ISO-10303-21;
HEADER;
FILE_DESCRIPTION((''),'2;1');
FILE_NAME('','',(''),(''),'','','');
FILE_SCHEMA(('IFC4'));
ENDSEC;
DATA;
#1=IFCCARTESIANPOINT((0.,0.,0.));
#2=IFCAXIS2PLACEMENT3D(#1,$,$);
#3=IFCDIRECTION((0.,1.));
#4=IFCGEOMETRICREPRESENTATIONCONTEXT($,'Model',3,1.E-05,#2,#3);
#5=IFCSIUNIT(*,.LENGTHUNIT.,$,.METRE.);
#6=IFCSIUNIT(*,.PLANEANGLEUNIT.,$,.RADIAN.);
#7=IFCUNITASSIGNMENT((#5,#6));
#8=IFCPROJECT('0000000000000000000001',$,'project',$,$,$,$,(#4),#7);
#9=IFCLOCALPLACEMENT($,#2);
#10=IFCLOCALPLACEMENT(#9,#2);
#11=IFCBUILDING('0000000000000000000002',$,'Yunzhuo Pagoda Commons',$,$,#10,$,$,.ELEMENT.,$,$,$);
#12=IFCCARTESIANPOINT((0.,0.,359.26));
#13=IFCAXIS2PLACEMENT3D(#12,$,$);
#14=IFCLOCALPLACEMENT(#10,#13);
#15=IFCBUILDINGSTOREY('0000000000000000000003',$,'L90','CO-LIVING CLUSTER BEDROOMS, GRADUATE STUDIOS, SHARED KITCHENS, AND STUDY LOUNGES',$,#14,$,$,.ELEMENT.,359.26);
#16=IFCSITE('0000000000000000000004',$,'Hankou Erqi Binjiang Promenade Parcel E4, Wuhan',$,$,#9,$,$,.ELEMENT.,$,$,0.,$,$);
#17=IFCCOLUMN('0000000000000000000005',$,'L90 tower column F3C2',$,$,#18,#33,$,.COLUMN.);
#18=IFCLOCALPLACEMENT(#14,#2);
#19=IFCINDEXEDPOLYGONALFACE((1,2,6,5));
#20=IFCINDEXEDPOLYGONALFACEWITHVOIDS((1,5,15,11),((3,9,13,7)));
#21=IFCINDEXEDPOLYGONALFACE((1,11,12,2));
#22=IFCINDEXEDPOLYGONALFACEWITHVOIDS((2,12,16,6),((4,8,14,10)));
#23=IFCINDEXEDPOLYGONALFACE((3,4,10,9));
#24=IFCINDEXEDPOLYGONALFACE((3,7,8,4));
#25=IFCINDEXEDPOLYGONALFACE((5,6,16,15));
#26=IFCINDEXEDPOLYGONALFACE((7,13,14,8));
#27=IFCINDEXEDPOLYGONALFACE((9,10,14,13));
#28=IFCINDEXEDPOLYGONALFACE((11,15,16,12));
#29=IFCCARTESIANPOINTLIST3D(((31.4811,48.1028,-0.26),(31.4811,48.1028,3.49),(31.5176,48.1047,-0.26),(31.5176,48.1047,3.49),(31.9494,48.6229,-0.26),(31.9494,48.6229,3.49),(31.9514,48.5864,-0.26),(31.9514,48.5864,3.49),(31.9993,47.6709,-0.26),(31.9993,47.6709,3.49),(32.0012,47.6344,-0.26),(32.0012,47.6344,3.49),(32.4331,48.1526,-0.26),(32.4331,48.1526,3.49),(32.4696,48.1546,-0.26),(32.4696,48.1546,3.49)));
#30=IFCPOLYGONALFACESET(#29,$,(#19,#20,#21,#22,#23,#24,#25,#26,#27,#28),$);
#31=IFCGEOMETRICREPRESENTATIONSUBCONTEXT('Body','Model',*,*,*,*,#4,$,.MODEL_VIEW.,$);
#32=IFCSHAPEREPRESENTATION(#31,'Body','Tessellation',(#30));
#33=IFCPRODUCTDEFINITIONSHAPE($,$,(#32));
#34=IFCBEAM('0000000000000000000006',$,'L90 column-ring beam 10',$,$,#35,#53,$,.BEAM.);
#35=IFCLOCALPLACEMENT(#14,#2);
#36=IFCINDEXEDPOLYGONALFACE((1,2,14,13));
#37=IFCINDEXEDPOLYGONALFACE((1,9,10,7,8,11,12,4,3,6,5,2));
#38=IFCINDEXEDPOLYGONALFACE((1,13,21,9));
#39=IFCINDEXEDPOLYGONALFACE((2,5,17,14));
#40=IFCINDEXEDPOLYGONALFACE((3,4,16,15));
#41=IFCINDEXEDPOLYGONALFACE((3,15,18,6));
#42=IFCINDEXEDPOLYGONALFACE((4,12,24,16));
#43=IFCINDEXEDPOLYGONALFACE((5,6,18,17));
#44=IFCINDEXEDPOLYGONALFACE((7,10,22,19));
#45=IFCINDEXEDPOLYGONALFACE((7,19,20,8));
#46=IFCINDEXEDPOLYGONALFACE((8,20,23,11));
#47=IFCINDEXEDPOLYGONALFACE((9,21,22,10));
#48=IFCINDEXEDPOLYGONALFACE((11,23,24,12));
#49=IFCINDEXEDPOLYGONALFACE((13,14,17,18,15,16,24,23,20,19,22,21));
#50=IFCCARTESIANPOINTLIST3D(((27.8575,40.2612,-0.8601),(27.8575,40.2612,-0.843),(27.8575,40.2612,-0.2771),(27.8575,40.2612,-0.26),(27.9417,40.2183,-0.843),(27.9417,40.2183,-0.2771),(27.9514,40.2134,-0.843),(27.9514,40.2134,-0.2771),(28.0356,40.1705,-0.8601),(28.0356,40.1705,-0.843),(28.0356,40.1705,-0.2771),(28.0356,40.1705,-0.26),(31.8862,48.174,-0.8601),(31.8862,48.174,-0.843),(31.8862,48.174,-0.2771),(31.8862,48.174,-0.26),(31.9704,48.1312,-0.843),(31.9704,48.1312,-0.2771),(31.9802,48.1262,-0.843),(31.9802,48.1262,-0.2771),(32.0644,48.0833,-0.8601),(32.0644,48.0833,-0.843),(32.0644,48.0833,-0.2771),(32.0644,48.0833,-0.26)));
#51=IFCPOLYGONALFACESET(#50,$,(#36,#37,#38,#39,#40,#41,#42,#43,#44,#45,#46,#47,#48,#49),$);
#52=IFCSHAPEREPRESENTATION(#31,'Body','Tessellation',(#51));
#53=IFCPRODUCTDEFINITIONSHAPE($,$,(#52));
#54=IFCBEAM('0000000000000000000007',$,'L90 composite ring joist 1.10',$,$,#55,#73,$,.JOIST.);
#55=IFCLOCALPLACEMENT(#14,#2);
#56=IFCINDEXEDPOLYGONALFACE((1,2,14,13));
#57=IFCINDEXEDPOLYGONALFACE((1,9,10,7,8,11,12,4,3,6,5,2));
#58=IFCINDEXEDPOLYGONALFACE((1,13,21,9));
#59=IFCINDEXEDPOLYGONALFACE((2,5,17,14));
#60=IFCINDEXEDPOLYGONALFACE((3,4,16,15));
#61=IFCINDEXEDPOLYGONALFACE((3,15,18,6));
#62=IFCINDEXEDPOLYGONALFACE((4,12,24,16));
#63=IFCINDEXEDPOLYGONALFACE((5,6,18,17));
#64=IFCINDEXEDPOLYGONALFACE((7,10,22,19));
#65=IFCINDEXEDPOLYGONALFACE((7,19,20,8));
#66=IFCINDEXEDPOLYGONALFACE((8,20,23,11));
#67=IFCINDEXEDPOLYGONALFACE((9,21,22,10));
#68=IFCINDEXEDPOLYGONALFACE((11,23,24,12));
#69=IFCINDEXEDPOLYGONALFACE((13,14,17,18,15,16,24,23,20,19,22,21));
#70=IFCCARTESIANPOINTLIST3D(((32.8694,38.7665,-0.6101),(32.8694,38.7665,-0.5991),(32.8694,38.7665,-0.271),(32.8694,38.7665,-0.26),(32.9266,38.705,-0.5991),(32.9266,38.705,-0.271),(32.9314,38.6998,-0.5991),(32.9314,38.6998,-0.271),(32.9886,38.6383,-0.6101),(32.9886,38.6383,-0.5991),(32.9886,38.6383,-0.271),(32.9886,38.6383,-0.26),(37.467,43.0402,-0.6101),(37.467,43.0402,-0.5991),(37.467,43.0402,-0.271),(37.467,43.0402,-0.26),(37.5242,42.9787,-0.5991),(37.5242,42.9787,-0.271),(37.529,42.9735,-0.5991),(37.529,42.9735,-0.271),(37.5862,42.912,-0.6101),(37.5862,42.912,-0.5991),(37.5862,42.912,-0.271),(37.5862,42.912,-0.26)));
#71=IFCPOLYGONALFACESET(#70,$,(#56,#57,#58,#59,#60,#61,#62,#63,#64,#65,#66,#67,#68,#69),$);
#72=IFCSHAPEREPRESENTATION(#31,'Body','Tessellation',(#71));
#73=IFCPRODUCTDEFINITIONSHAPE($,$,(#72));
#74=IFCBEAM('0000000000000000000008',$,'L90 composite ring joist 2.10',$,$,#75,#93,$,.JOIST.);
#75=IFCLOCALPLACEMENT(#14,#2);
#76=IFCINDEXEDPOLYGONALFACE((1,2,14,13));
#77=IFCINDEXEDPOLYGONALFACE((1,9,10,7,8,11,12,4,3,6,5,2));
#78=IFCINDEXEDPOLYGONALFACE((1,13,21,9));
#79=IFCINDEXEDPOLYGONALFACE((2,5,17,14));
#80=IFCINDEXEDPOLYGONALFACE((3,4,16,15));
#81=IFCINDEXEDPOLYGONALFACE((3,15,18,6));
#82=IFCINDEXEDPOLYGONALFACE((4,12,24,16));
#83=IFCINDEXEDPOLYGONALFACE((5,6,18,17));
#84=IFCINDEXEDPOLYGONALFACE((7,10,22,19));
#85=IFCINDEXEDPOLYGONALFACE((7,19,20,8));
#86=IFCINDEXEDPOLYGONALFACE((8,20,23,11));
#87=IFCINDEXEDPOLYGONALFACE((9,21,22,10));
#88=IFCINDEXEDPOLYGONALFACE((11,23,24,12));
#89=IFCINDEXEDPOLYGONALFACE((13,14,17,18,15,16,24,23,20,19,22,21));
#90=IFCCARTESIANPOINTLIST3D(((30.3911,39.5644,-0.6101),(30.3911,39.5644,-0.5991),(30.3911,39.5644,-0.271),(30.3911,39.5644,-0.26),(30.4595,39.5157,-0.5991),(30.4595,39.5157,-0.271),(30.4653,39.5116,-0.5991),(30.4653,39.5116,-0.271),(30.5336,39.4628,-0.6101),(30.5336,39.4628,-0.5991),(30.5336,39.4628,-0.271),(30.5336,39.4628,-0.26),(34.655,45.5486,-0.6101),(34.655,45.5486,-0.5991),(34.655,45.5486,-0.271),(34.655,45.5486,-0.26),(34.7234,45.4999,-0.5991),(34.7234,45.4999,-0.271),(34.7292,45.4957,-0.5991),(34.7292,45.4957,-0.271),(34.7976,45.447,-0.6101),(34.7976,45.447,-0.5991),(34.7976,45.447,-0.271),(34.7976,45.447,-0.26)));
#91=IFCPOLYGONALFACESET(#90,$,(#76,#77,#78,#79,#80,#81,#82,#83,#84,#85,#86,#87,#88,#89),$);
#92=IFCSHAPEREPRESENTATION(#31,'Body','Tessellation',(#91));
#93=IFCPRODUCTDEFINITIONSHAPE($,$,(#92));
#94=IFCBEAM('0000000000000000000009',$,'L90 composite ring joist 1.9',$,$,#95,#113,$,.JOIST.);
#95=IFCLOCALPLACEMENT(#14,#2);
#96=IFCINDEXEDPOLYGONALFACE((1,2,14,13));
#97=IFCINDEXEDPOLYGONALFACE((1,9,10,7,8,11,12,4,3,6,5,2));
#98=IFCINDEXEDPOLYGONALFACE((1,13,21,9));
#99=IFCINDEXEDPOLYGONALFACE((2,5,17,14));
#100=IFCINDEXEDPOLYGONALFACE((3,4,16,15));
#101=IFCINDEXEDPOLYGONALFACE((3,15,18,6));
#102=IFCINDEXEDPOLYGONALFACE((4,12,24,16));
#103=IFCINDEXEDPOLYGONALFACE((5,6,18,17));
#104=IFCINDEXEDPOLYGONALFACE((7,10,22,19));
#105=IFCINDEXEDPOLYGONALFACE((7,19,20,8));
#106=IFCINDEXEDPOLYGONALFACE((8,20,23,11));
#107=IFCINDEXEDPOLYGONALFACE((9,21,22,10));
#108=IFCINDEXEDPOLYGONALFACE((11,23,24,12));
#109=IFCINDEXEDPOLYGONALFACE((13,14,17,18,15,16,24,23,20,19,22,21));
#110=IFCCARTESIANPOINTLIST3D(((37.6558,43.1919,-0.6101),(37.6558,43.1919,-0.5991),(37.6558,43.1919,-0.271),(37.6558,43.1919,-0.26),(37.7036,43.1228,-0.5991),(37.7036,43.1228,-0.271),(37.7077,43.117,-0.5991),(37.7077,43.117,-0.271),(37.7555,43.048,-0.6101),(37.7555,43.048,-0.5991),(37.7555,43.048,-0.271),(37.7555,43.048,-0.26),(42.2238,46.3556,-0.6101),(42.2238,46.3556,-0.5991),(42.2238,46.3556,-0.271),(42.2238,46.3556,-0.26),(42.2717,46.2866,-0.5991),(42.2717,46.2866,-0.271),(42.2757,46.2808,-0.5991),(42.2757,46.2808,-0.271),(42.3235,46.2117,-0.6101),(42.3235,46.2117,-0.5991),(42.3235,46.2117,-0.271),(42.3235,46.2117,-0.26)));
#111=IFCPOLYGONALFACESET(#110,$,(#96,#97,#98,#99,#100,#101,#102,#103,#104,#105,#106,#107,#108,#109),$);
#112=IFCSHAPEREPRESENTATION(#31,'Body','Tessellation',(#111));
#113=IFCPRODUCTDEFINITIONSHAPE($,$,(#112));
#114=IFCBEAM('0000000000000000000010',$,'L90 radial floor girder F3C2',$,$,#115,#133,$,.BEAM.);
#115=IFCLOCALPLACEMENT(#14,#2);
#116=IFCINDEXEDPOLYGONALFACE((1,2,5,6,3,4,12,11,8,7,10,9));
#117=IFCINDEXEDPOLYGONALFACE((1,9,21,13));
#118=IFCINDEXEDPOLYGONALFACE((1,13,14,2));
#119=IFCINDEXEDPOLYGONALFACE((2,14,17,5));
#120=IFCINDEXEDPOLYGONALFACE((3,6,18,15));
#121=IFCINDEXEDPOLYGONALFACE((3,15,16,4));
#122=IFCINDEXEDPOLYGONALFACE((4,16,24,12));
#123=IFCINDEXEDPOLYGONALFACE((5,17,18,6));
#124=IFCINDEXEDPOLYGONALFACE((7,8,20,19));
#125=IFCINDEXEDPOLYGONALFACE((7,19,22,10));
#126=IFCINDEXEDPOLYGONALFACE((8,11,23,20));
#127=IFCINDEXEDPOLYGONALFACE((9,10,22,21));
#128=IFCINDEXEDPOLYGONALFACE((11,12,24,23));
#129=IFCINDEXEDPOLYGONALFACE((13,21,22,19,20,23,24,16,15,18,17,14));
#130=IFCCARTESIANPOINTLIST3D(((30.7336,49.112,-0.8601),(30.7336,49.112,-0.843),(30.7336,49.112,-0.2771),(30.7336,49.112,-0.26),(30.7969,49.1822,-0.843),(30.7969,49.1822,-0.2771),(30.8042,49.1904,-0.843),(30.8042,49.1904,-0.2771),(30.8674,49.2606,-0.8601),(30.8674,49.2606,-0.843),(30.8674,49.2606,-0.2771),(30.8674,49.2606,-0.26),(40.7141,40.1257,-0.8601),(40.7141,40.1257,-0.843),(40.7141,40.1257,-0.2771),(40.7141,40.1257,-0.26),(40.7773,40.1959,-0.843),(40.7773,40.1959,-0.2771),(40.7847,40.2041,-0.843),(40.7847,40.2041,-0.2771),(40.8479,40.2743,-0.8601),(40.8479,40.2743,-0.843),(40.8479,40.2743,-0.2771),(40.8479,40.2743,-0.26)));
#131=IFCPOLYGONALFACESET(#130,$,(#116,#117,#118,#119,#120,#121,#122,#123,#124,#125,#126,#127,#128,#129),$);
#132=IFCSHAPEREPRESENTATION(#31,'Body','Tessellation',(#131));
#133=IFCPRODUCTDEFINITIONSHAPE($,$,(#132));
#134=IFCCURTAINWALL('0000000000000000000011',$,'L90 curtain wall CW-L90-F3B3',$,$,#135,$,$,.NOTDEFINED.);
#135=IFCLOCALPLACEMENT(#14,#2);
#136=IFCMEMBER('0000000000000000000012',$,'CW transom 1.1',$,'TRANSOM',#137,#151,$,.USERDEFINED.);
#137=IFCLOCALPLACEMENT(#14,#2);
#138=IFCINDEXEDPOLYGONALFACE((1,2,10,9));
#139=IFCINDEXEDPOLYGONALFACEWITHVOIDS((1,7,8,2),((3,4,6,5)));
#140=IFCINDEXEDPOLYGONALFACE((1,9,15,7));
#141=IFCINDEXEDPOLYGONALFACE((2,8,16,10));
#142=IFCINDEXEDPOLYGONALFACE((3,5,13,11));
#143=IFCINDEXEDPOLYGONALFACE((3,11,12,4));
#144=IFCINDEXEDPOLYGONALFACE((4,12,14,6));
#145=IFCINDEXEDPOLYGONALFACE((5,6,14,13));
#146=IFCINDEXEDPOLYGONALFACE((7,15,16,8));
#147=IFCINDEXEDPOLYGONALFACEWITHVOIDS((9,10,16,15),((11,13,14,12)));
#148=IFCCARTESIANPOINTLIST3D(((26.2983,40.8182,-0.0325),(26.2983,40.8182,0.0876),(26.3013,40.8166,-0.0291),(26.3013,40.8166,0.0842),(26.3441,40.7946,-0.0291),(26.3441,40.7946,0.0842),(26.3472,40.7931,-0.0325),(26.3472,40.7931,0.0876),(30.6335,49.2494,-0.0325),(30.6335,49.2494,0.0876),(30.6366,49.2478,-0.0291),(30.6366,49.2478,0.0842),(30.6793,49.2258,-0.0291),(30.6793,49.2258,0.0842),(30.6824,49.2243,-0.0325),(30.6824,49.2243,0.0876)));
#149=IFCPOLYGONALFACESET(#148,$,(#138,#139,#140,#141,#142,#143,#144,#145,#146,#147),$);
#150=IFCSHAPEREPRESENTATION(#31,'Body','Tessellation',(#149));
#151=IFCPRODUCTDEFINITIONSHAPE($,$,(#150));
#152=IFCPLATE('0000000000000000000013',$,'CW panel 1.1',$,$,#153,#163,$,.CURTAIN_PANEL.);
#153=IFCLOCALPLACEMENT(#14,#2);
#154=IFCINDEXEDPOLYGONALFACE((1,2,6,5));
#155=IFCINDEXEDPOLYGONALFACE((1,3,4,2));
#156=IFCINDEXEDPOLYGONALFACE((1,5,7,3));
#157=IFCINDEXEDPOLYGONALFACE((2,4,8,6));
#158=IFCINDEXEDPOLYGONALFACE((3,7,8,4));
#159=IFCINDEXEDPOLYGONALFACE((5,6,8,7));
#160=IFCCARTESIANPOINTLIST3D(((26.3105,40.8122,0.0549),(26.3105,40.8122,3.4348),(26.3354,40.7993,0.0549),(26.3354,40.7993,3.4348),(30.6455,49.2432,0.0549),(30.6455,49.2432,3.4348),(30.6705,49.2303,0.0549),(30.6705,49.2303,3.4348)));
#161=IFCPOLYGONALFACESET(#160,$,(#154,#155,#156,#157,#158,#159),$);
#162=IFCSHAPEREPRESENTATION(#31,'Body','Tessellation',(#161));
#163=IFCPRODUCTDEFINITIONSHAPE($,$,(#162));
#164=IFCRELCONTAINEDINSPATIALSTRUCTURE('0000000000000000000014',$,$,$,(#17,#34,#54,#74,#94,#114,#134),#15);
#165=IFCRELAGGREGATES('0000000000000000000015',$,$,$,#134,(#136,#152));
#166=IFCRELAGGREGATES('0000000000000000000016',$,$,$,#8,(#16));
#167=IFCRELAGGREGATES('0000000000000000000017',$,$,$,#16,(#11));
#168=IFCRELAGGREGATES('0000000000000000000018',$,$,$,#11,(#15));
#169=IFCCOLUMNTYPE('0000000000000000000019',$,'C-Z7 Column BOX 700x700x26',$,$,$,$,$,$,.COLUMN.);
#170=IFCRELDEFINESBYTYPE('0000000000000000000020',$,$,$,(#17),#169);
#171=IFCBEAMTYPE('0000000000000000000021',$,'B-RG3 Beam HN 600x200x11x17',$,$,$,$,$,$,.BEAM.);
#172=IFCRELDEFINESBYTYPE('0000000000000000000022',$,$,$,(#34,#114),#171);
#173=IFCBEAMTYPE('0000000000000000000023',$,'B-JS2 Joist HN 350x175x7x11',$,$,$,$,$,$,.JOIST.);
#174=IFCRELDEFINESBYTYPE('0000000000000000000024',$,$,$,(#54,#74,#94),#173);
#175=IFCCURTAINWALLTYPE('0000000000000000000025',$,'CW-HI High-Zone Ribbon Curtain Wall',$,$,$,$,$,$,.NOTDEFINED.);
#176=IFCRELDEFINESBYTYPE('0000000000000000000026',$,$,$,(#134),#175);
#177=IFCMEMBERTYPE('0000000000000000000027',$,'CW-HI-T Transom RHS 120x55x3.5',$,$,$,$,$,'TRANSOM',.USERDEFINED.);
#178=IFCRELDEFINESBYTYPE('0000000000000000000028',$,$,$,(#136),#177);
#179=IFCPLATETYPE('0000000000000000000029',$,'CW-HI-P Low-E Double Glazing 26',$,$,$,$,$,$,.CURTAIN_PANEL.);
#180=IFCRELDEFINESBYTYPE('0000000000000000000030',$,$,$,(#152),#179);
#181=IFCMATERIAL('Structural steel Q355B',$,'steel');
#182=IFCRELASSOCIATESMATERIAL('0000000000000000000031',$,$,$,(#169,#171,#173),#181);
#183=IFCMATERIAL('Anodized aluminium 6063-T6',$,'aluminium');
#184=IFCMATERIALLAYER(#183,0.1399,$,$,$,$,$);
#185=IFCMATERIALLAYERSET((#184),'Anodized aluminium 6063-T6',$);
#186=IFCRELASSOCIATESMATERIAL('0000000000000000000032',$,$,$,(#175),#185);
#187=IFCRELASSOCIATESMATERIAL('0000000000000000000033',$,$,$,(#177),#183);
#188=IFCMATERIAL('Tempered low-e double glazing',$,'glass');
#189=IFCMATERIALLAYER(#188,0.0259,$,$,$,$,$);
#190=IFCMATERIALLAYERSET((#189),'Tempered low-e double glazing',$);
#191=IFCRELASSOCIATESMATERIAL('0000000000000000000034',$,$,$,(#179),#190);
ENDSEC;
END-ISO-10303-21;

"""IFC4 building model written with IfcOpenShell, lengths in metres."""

from ifc_helpers import new_model, si_unit, direction, frame, origin, origin_2d, place, context, subcontext, project, spatial, rectangle, hollow_rectangle, i_section, extrude, source, transform, mapped, material, layer, layer_set, material_profile, profile_set, type_object, element, aggregate, save


model = new_model("IFC4")

# Units and contexts
model_context = context("Model", 3, precision=1e-05, world=origin(), true_north=direction((0.0, 1.0)))
body_context = subcontext(model_context, "Body", "Model", "MODEL_VIEW")
ifc_project = project(units=[si_unit("LENGTHUNIT", "METRE"), si_unit("PLANEANGLEUNIT", "RADIAN")], contexts=[model_context])

# Site, building, storey
site_placement = place(None, origin())
site = spatial("IfcSite", under=ifc_project, at=site_placement, Name="Hankou Erqi Binjiang Promenade Parcel E4, Wuhan", CompositionType="ELEMENT", RefElevation=0.0)
building_placement = place(site_placement, origin())
building = spatial("IfcBuilding", under=site, at=building_placement, Name="Yunzhuo Pagoda Commons", CompositionType="ELEMENT")
storey_placement = place(building_placement, frame((0.0, 0.0, 359.26)))
storey = spatial("IfcBuildingStorey", under=building, at=storey_placement, Name="L90", Description="CO-LIVING CLUSTER BEDROOMS, GRADUATE STUDIOS, SHARED KITCHENS, AND STUDY LOUNGES", CompositionType="ELEMENT", Elevation=359.26)

# Column
ifc_material_1 = material(Name="Structural steel Q355B", Category="steel")
ifc_material_profile_1 = material_profile(ifc_material_1, hollow_rectangle(XDim=0.7, YDim=0.7, WallThickness=0.0259, at=origin_2d()), Name="Structural steel Q355B")
ifc_profile_set_1 = profile_set([ifc_material_profile_1], Name="Structural steel Q355B")
column_type = type_object("IfcColumnType", Name="C-Z7 Column BOX 700x700x26", PredefinedType="COLUMN", material=ifc_profile_set_1)
shared_shape_1 = source(origin(), body_context, "Body", "SweptSolid", [
    extrude(hollow_rectangle(XDim=0.7, YDim=0.7, WallThickness=0.0259, at=origin_2d()), origin(), (0.0, 0.0, 1.0), 3.75),
])
column_placement = place(storey_placement, frame((31.9753, 48.1287, -0.26), z_axis=(0.0, 0.0, 1.0), x_axis=(-0.669131, -0.743145, 0.0)))
element("IfcColumn", 1, at=column_placement, inside=storey, type_object=column_type, Name="L90 tower column F3C2", PredefinedType="COLUMN", context=body_context, shape_type="MappedRepresentation", body=[
    mapped(shared_shape_1, transform((0.0, 0.0, 0.0), scale=1.0)),
])

# Beams
ifc_material_profile_2 = material_profile(ifc_material_1, i_section(OverallWidth=0.2, OverallDepth=0.6001, WebThickness=0.011, FlangeThickness=0.0171, at=origin_2d()), Name="Structural steel Q355B")
ifc_profile_set_2 = profile_set([ifc_material_profile_2], Name="Structural steel Q355B")
beam_type_1 = type_object("IfcBeamType", Name="B-RG3 Beam HN 600x200x11x17", PredefinedType="BEAM", material=ifc_profile_set_2)
shared_shape_2 = source(origin(), body_context, "Body", "SweptSolid", [
    extrude(i_section(OverallWidth=0.2, OverallDepth=0.6001, WebThickness=0.011, FlangeThickness=0.0171, at=origin_2d()), origin(), (0.0, 0.0, 1.0), 8.8794),
])
beam_1_placement = place(storey_placement, frame((31.9753, 48.1287, -0.5601), z_axis=(-0.453724, -0.891142, 0.0), x_axis=(0.891142, -0.453724, 0.0)))
element("IfcBeam", 2, at=beam_1_placement, inside=storey, type_object=beam_type_1, Name="L90 column-ring beam 10", PredefinedType="BEAM", context=body_context, shape_type="MappedRepresentation", body=[
    mapped(shared_shape_2, transform((0.0, 0.0, 0.0), scale=1.0)),
])
ifc_material_profile_3 = material_profile(ifc_material_1, i_section(OverallWidth=0.175, OverallDepth=0.3501, WebThickness=0.0071, FlangeThickness=0.011, at=origin_2d()), Name="Structural steel Q355B")
ifc_profile_set_3 = profile_set([ifc_material_profile_3], Name="Structural steel Q355B")
beam_type_2 = type_object("IfcBeamType", Name="B-JS2 Joist HN 350x175x7x11", PredefinedType="JOIST", material=ifc_profile_set_3)
shared_shape_3 = source(origin(), body_context, "Body", "SweptSolid", [
    extrude(i_section(OverallWidth=0.175, OverallDepth=0.3501, WebThickness=0.0071, FlangeThickness=0.011, at=origin_2d()), origin(), (0.0, 0.0, 1.0), 6.2771),
])
beam_2_placement = place(storey_placement, frame((37.5266, 42.9761, -0.4351), z_axis=(-0.732442, -0.68083, 0.0), x_axis=(0.68083, -0.732442, 0.0)))
element("IfcBeam", 3, at=beam_2_placement, inside=storey, type_object=beam_type_2, Name="L90 composite ring joist 1.10", PredefinedType="JOIST", context=body_context, shape_type="MappedRepresentation", body=[
    mapped(shared_shape_3, transform((0.0, 0.0, 0.0), scale=1.0)),
])
shared_shape_4 = source(origin(), body_context, "Body", "SweptSolid", [
    extrude(i_section(OverallWidth=0.175, OverallDepth=0.3501, WebThickness=0.0071, FlangeThickness=0.011, at=origin_2d()), origin(), (0.0, 0.0, 1.0), 7.3479),
])
beam_3_placement = place(storey_placement, frame((34.7263, 45.4978, -0.4351), z_axis=(-0.580295, -0.814406, 0.0), x_axis=(0.814406, -0.580295, 0.0)))
element("IfcBeam", 4, at=beam_3_placement, inside=storey, type_object=beam_type_2, Name="L90 composite ring joist 2.10", PredefinedType="JOIST", context=body_context, shape_type="MappedRepresentation", body=[
    mapped(shared_shape_4, transform((0.0, 0.0, 0.0), scale=1.0)),
])
shared_shape_5 = source(origin(), body_context, "Body", "SweptSolid", [
    extrude(i_section(OverallWidth=0.175, OverallDepth=0.3501, WebThickness=0.0071, FlangeThickness=0.011, at=origin_2d()), origin(), (0.0, 0.0, 1.0), 5.5566),
])
beam_4_placement = place(storey_placement, frame((42.2737, 46.2837, -0.4351), z_axis=(-0.822085, -0.569365, 0.0), x_axis=(0.569365, -0.822085, 0.0)))
element("IfcBeam", 5, at=beam_4_placement, inside=storey, type_object=beam_type_2, Name="L90 composite ring joist 1.9", PredefinedType="JOIST", context=body_context, shape_type="MappedRepresentation", body=[
    mapped(shared_shape_5, transform((0.0, 0.0, 0.0), scale=1.0)),
])
shared_shape_6 = source(origin(), body_context, "Body", "SweptSolid", [
    extrude(i_section(OverallWidth=0.2, OverallDepth=0.6001, WebThickness=0.011, FlangeThickness=0.0171, at=origin_2d()), origin(), (0.0, 0.0, 1.0), 13.4299),
])
beam_5_placement = place(storey_placement, frame((30.8005, 49.1863, -0.5601), z_axis=(0.74315, -0.669125, 0.0), x_axis=(0.669125, 0.74315, 0.0)))
element("IfcBeam", 6, at=beam_5_placement, inside=storey, type_object=beam_type_1, Name="L90 radial floor girder F3C2", PredefinedType="BEAM", context=body_context, shape_type="MappedRepresentation", body=[
    mapped(shared_shape_6, transform((0.0, 0.0, 0.0), scale=1.0)),
])

# Curtain wall, member, plate
ifc_material_2 = material(Name="Anodized aluminium 6063-T6", Category="aluminium")
ifc_layer_1 = layer(ifc_material_2, 0.1399)
ifc_layer_set_1 = layer_set([ifc_layer_1], Name="Anodized aluminium 6063-T6")
curtain_wall_type = type_object("IfcCurtainWallType", Name="CW-HI High-Zone Ribbon Curtain Wall", PredefinedType="NOTDEFINED", material=ifc_layer_set_1)
curtain_wall_placement = place(storey_placement, origin())
curtain_wall = element("IfcCurtainWall", 7, at=curtain_wall_placement, inside=storey, type_object=curtain_wall_type, Name="L90 curtain wall CW-L90-F3B3", PredefinedType="NOTDEFINED")
ifc_material_profile_4 = material_profile(ifc_material_2, hollow_rectangle(XDim=0.0549, YDim=0.1201, WallThickness=0.0034, at=origin_2d()), Name="Anodized aluminium 6063-T6")
ifc_profile_set_4 = profile_set([ifc_material_profile_4], Name="Anodized aluminium 6063-T6")
member_type = type_object("IfcMemberType", Name="CW-HI-T Transom RHS 120x55x3.5", ElementType="TRANSOM", PredefinedType="USERDEFINED", material=ifc_profile_set_4)
shared_shape_7 = source(origin(), body_context, "Body", "SweptSolid", [
    extrude(hollow_rectangle(XDim=0.0549, YDim=0.1201, WallThickness=0.0034, at=origin_2d()), origin(), (0.0, 0.0, 1.0), 9.4805),
])
member_placement = place(storey_placement, frame((30.658, 49.2368, 0.0276), z_axis=(-0.45728, -0.889323, 0.0), x_axis=(0.889323, -0.45728, 0.0)))
member = element("IfcMember", 8, at=member_placement, type_object=member_type, Name="CW transom 1.1", ObjectType="TRANSOM", PredefinedType="USERDEFINED", context=body_context, shape_type="MappedRepresentation", body=[
    mapped(shared_shape_7, transform((0.0, 0.0, 0.0), scale=1.0)),
])
ifc_material_3 = material(Name="Tempered low-e double glazing", Category="glass")
ifc_layer_2 = layer(ifc_material_3, 0.0259)
ifc_layer_set_2 = layer_set([ifc_layer_2], Name="Tempered low-e double glazing")
plate_type = type_object("IfcPlateType", Name="CW-HI-P Low-E Double Glazing 26", PredefinedType="CURTAIN_PANEL", material=ifc_layer_set_2)
shared_shape_8 = source(origin(), body_context, "Body", "SweptSolid", [
    extrude(rectangle(XDim=9.4802, YDim=0.0281, at=origin_2d()), origin(), (0.0, 0.0, 1.0), 3.3799),
])
plate_placement = place(storey_placement, frame((28.4905, 45.0212, 0.0549), z_axis=(0.0, 0.0, 1.0), x_axis=(-0.457276, -0.889325, 0.0)))
plate = element("IfcPlate", 9, at=plate_placement, type_object=plate_type, Name="CW panel 1.1", PredefinedType="CURTAIN_PANEL", context=body_context, shape_type="MappedRepresentation", body=[
    mapped(shared_shape_8, transform((0.0, 0.0, 0.0), scale=1.0)),
])
aggregate(curtain_wall, [member, plate])

save(model, "model.ifc")
